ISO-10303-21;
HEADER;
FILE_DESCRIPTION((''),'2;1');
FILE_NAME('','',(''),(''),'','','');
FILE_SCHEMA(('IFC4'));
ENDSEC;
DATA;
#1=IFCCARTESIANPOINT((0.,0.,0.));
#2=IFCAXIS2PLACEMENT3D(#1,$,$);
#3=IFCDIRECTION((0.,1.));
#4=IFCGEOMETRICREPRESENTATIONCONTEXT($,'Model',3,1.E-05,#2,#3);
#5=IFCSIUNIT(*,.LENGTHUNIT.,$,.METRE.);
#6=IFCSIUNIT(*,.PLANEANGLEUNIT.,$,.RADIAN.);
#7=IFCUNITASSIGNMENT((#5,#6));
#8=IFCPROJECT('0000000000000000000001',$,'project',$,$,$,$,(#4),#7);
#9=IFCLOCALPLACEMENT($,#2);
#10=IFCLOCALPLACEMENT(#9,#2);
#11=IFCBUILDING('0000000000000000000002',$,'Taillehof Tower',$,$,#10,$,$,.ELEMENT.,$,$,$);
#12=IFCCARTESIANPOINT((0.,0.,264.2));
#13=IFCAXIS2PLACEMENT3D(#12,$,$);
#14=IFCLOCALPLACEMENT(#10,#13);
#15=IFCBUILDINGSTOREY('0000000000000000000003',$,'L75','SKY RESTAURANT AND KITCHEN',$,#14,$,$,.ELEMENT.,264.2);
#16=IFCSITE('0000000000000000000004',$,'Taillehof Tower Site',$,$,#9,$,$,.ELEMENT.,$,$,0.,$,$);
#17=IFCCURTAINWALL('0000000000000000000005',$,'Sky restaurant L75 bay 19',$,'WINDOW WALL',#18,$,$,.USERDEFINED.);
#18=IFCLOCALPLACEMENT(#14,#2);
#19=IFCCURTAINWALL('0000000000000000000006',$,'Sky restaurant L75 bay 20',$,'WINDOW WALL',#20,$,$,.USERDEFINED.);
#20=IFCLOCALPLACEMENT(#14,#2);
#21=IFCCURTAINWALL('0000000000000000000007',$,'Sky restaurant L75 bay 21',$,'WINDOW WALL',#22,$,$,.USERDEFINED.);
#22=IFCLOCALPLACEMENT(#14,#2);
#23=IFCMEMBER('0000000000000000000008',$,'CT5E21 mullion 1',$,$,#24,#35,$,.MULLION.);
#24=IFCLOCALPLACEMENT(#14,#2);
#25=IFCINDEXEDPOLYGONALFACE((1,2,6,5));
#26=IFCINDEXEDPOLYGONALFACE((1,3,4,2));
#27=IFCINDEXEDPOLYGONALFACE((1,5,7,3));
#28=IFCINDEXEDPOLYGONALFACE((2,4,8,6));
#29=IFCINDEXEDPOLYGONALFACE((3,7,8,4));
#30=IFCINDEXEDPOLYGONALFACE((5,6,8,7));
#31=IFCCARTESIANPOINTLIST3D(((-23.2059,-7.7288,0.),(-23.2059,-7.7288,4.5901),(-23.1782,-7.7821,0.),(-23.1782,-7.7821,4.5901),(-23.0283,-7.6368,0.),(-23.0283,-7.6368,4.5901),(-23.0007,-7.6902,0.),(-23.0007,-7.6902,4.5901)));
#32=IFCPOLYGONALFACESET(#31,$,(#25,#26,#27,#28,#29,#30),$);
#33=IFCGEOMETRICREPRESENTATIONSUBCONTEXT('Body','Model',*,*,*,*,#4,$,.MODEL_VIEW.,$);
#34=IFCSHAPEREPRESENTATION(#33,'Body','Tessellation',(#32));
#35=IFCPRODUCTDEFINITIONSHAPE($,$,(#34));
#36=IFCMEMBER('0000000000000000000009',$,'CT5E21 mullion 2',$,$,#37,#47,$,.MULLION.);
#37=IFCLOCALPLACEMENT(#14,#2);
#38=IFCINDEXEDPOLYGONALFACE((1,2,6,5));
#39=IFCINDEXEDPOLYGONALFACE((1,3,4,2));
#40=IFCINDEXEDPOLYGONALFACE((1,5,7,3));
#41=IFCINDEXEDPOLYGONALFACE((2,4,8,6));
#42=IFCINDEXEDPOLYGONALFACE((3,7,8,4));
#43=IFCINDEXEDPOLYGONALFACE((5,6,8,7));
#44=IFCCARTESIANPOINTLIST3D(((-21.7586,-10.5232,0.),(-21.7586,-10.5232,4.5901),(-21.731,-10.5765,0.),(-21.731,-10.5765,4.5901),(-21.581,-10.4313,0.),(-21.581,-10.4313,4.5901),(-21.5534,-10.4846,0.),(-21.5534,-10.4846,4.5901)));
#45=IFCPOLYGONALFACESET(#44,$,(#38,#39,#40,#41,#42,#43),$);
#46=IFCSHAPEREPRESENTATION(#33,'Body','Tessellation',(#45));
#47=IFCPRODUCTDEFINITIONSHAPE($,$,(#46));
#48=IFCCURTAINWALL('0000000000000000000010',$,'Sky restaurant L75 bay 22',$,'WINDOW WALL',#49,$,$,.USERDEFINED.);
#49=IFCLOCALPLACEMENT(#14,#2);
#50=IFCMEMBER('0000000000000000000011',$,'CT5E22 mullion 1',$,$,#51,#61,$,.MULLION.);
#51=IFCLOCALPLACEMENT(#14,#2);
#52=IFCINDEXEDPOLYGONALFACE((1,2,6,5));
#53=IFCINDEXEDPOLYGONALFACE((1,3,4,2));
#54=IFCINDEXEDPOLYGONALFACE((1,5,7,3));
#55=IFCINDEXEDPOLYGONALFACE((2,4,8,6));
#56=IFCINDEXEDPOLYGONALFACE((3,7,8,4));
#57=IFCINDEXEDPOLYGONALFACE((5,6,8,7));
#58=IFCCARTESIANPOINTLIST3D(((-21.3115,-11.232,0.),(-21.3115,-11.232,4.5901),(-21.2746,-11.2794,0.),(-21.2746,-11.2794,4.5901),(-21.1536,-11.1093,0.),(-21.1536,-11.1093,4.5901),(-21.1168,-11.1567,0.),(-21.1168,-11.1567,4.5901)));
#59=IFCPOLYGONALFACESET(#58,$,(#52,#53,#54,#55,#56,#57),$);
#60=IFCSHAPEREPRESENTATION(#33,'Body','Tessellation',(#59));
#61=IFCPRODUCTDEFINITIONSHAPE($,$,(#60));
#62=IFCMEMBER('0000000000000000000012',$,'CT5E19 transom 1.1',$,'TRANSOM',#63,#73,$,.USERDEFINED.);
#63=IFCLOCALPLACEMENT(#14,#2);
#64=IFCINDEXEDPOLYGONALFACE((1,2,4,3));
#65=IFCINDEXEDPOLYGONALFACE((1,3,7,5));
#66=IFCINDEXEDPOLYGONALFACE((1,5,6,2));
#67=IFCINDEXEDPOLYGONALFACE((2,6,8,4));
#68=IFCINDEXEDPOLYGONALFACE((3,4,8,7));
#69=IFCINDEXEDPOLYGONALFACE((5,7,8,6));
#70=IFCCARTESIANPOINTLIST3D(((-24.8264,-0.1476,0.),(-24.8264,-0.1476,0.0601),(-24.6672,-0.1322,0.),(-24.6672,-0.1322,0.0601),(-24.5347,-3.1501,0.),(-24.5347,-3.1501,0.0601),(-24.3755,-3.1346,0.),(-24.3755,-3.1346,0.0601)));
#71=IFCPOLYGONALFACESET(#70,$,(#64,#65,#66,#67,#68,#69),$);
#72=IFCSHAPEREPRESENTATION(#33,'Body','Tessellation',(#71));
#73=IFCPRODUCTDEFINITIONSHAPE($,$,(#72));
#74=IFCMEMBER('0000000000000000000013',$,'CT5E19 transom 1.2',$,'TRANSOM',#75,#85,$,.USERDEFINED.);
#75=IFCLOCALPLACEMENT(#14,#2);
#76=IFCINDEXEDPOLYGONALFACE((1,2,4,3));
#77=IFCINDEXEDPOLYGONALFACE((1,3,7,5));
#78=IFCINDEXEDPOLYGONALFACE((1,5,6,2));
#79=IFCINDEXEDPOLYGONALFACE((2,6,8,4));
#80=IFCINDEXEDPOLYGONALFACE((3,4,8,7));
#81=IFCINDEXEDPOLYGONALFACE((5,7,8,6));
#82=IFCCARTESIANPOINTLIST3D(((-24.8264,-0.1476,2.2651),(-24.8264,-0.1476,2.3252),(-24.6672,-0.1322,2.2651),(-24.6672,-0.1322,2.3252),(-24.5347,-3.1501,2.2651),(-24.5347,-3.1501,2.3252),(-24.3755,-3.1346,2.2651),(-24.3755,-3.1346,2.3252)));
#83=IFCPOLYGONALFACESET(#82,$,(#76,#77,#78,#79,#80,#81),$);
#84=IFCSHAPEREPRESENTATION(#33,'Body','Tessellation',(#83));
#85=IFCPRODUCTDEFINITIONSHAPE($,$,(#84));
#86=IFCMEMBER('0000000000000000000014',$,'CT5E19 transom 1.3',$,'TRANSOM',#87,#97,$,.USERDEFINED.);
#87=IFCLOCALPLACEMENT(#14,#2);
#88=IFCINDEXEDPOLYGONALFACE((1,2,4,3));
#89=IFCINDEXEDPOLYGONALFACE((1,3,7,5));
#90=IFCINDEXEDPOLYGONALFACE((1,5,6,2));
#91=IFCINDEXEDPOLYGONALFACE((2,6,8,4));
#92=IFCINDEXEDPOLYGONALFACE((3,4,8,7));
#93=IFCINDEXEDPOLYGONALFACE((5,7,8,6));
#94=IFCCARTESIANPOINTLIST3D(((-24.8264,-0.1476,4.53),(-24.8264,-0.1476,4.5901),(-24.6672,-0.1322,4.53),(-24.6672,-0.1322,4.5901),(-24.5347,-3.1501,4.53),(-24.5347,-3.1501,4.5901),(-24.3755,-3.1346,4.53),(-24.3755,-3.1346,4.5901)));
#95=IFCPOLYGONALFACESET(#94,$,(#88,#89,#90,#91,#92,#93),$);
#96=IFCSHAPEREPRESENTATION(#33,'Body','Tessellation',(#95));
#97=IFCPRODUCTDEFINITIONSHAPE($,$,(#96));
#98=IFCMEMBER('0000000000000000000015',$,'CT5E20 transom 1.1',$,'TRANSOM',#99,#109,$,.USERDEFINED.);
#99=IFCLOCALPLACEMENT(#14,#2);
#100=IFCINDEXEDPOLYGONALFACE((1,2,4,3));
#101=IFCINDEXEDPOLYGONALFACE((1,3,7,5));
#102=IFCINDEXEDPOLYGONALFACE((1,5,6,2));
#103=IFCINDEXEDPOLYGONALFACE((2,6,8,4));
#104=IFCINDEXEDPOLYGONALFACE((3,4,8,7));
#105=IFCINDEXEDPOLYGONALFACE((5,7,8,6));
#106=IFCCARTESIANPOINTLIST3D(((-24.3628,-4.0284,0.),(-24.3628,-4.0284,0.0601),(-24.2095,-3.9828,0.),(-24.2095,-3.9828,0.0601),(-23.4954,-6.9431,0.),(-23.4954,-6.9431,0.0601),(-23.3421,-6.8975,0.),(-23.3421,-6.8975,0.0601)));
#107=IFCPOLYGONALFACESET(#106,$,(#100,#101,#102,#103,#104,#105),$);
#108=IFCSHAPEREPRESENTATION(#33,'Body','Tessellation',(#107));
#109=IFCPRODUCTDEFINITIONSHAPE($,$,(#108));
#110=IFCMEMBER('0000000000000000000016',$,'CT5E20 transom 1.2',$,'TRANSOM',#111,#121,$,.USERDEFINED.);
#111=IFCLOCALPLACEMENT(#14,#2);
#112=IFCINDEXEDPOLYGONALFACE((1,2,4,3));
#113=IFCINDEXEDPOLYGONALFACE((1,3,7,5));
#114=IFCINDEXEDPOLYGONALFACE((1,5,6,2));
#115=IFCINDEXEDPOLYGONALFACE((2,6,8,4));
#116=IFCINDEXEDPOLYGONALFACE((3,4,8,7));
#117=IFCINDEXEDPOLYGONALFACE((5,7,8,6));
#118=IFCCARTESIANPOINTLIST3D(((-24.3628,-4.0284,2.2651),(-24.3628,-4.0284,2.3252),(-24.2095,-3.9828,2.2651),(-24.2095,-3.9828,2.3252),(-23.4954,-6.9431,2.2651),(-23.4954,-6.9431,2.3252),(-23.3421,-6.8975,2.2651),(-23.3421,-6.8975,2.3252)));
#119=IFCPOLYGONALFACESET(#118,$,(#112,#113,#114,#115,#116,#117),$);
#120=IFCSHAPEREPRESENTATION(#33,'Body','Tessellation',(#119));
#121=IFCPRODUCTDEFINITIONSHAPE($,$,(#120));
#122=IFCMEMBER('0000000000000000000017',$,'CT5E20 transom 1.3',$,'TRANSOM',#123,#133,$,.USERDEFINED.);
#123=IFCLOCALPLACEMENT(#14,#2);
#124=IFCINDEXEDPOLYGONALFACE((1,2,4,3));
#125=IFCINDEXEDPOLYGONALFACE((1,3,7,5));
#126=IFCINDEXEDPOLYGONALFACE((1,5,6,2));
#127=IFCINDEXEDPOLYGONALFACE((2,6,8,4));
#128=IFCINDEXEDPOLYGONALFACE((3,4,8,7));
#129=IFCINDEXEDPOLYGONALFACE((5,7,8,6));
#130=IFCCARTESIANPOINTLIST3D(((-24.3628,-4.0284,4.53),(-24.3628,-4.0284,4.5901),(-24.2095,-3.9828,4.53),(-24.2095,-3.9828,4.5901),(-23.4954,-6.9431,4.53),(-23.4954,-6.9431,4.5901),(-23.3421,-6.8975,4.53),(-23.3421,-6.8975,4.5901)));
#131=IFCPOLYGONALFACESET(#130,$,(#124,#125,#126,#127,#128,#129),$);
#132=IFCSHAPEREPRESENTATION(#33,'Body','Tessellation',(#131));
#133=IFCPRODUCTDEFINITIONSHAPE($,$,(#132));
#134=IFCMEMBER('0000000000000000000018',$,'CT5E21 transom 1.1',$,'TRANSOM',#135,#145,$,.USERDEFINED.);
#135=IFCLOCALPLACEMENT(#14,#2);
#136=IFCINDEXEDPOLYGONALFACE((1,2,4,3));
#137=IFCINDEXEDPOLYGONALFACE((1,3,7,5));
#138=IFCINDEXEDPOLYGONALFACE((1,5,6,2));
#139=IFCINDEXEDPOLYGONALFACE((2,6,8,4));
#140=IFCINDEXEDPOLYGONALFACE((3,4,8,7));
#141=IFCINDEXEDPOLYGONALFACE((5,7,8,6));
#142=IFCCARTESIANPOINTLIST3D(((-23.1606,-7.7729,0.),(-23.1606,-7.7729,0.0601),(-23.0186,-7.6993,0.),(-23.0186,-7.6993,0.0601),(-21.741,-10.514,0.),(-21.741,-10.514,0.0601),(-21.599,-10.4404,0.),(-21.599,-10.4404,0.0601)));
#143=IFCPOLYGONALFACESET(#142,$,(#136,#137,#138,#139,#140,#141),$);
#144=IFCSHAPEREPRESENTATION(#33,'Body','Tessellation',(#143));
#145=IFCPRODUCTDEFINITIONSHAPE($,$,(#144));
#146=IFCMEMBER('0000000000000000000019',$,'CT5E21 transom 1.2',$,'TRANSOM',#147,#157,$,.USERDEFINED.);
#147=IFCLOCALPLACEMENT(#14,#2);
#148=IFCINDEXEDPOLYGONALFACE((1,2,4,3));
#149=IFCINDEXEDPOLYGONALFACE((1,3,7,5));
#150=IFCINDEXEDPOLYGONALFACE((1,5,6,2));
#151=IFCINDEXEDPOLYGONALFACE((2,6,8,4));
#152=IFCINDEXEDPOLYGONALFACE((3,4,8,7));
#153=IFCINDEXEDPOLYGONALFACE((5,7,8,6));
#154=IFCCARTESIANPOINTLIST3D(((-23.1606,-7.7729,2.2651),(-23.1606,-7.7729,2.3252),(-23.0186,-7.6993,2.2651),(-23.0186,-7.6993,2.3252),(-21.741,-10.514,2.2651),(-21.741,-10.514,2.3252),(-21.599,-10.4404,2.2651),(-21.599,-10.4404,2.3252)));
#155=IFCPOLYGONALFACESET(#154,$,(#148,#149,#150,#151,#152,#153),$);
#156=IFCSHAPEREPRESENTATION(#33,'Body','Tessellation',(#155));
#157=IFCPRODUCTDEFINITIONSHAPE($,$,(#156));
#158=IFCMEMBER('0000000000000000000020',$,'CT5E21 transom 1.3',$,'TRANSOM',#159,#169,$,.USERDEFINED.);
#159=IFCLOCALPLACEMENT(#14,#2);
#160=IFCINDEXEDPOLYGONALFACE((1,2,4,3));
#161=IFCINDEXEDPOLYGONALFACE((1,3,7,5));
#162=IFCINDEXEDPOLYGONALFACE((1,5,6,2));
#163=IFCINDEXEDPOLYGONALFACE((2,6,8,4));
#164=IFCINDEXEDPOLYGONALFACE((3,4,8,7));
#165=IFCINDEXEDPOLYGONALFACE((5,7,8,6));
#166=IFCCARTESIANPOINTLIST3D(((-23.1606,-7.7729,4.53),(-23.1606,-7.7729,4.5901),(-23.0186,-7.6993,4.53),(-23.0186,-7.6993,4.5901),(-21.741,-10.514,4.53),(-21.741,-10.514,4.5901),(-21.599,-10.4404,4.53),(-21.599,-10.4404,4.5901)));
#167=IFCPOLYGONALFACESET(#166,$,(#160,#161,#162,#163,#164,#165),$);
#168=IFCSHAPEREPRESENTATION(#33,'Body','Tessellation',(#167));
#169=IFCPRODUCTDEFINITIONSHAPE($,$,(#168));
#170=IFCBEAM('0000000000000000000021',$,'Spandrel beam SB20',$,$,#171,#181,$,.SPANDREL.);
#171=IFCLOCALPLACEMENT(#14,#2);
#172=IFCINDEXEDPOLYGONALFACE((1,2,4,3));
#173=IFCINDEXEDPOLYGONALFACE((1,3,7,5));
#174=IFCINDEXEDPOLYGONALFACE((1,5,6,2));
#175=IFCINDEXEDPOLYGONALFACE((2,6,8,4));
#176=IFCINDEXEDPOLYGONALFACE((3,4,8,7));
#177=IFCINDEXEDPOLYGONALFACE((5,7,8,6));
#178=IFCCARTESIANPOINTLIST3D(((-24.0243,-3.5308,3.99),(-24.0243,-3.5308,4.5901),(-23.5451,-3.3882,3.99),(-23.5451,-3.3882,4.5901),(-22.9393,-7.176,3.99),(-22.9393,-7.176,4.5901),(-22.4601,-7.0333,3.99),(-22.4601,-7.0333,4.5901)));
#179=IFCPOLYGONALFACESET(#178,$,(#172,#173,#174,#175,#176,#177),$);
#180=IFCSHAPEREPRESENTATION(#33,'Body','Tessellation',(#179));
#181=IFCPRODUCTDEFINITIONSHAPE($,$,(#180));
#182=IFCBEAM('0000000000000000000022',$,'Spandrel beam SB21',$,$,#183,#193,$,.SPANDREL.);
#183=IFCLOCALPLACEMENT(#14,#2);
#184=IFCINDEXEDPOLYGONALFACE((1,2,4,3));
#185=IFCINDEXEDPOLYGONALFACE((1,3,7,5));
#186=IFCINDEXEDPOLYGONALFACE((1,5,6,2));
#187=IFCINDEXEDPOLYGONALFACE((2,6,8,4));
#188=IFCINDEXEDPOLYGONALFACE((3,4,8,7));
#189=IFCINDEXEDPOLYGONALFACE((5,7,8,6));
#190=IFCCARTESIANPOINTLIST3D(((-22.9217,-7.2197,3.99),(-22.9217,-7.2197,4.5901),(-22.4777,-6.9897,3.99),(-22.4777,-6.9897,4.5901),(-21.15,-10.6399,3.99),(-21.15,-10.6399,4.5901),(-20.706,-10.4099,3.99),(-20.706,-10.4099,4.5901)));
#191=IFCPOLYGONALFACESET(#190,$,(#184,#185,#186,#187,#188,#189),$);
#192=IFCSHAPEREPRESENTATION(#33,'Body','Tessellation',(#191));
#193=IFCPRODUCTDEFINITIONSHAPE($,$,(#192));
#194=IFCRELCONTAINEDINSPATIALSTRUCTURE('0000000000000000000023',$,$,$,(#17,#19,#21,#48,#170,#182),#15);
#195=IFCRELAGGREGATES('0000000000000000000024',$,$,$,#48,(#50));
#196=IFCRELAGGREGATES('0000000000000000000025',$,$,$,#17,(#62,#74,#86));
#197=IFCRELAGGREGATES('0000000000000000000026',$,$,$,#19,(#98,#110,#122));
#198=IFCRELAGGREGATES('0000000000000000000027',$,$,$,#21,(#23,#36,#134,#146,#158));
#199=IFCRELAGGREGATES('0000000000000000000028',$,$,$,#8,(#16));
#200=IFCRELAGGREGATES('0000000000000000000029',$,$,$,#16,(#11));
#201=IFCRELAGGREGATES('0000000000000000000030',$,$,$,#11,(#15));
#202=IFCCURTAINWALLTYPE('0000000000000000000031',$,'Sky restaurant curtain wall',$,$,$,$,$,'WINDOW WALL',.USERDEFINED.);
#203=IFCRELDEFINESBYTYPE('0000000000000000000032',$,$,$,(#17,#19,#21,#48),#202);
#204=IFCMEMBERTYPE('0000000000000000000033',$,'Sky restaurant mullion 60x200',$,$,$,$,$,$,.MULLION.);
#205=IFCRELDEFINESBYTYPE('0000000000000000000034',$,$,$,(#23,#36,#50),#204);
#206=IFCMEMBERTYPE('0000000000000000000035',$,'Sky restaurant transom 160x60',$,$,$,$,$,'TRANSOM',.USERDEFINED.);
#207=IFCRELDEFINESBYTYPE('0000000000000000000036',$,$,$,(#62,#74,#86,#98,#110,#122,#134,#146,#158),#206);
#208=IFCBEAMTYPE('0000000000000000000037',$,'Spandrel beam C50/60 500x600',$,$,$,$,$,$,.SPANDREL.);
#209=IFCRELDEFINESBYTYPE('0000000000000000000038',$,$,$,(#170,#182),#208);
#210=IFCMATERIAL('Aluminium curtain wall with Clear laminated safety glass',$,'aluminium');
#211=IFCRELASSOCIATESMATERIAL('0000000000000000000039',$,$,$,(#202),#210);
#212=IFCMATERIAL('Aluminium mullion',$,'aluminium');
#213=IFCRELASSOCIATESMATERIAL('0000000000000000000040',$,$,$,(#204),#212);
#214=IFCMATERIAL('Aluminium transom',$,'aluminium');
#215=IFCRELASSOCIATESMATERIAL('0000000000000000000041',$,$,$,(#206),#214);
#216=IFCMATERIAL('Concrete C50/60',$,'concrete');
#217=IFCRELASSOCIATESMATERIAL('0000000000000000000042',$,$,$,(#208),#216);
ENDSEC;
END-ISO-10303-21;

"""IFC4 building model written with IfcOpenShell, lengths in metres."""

from ifc_helpers import new_model, si_unit, direction, frame, origin, origin_2d, place, context, subcontext, project, spatial, rectangle, extrude, material, material_profile, profile_set, type_object, element, aggregate, save


model = new_model("IFC4")

# Units and contexts
model_context = context("Model", 3, precision=1e-05, world=origin(), true_north=direction((0.0, 1.0)))
body_context = subcontext(model_context, "Body", "Model", "MODEL_VIEW")
ifc_project = project(units=[si_unit("LENGTHUNIT", "METRE"), si_unit("PLANEANGLEUNIT", "RADIAN")], contexts=[model_context])

# Site, building, storey
site_placement = place(None, origin())
site = spatial("IfcSite", under=ifc_project, at=site_placement, Name="Taillehof Tower Site", CompositionType="ELEMENT", RefElevation=0.0)
building_placement = place(site_placement, origin())
building = spatial("IfcBuilding", under=site, at=building_placement, Name="Taillehof Tower", CompositionType="ELEMENT")
storey_placement = place(building_placement, frame((0.0, 0.0, 264.2)))
storey = spatial("IfcBuildingStorey", under=building, at=storey_placement, Name="L75", Description="SKY RESTAURANT AND KITCHEN", CompositionType="ELEMENT", Elevation=264.2)

# Curtain walls, members
ifc_material_1 = material(Name="Aluminium curtain wall with Clear laminated safety glass", Category="aluminium")
curtain_wall_type = type_object("IfcCurtainWallType", Name="Sky restaurant curtain wall", ElementType="WINDOW WALL", PredefinedType="USERDEFINED", material=ifc_material_1)
curtain_wall_1_placement = place(storey_placement, origin())
curtain_wall_1 = element("IfcCurtainWall", 1, at=curtain_wall_1_placement, inside=storey, type_object=curtain_wall_type, Name="Sky restaurant L75 bay 19", ObjectType="WINDOW WALL", PredefinedType="USERDEFINED")
ifc_material_2 = material(Name="Aluminium mullion", Category="aluminium")
ifc_material_profile_1 = material_profile(ifc_material_2, rectangle(XDim=0.2, YDim=0.0601, at=origin_2d()), Name="AL 60x200")
ifc_profile_set_1 = profile_set([ifc_material_profile_1], Name="Aluminium mullion")
member_type_1 = type_object("IfcMemberType", Name="Sky restaurant mullion 60x200", PredefinedType="MULLION", material=ifc_profile_set_1)
curtain_wall_2_placement = place(storey_placement, origin())
curtain_wall_2 = element("IfcCurtainWall", 2, at=curtain_wall_2_placement, inside=storey, type_object=curtain_wall_type, Name="Sky restaurant L75 bay 20", ObjectType="WINDOW WALL", PredefinedType="USERDEFINED")
curtain_wall_3_placement = place(storey_placement, origin())
curtain_wall_3 = element("IfcCurtainWall", 3, at=curtain_wall_3_placement, inside=storey, type_object=curtain_wall_type, Name="Sky restaurant L75 bay 21", ObjectType="WINDOW WALL", PredefinedType="USERDEFINED")
member_1_placement = place(storey_placement, frame((-23.1033, -7.7095, 0.0), z_axis=(0.0, 0.0, 1.0), x_axis=(0.887975, 0.459891, 0.0)))
member_1 = element("IfcMember", 4, at=member_1_placement, type_object=member_type_1, Name="CT5E21 mullion 1", PredefinedType="MULLION", context=body_context, shape_type="SweptSolid", body=[
    extrude(rectangle(XDim=0.2, YDim=0.0601, at=origin_2d()), origin(), (0.0, 0.0, 1.0), 4.5901),
])
member_2_placement = place(storey_placement, frame((-21.656, -10.5039, 0.0), z_axis=(0.0, 0.0, 1.0), x_axis=(0.887975, 0.459891, 0.0)))
member_2 = element("IfcMember", 5, at=member_2_placement, type_object=member_type_1, Name="CT5E21 mullion 2", PredefinedType="MULLION", context=body_context, shape_type="SweptSolid", body=[
    extrude(rectangle(XDim=0.2, YDim=0.0601, at=origin_2d()), origin(), (0.0, 0.0, 1.0), 4.5901),
])

# Curtain wall, member
curtain_wall_4_placement = place(storey_placement, origin())
curtain_wall_4 = element("IfcCurtainWall", 6, at=curtain_wall_4_placement, inside=storey, type_object=curtain_wall_type, Name="Sky restaurant L75 bay 22", ObjectType="WINDOW WALL", PredefinedType="USERDEFINED")
member_3_placement = place(storey_placement, frame((-21.2141, -11.1943, 0.0), z_axis=(0.0, 0.0, 1.0), x_axis=(0.789382, 0.613903, 0.0)))
member_3 = element("IfcMember", 7, at=member_3_placement, type_object=member_type_1, Name="CT5E22 mullion 1", PredefinedType="MULLION", context=body_context, shape_type="SweptSolid", body=[
    extrude(rectangle(XDim=0.2, YDim=0.0601, at=origin_2d()), origin(), (0.0, 0.0, 1.0), 4.5901),
])
aggregate(curtain_wall_4, [member_3])

# Members
ifc_material_3 = material(Name="Aluminium transom", Category="aluminium")
ifc_material_profile_2 = material_profile(ifc_material_3, rectangle(XDim=0.1599, YDim=0.0601, at=origin_2d()), Name="AL 160x60")
ifc_profile_set_2 = profile_set([ifc_material_profile_2], Name="Aluminium transom")
member_type_2 = type_object("IfcMemberType", Name="Sky restaurant transom 160x60", ElementType="TRANSOM", PredefinedType="USERDEFINED", material=ifc_profile_set_2)
member_4_placement = place(storey_placement, frame((-24.7468, -0.1399, 0.03), z_axis=(0.096715, -0.995312, 0.0), x_axis=(0.995312, 0.096715, 0.0)))
member_4 = element("IfcMember", 8, at=member_4_placement, type_object=member_type_2, Name="CT5E19 transom 1.1", ObjectType="TRANSOM", PredefinedType="USERDEFINED", context=body_context, shape_type="SweptSolid", body=[
    extrude(rectangle(XDim=0.1599, YDim=0.0601, at=origin_2d()), origin(), (0.0, 0.0, 1.0), 3.0166),
])
member_5_placement = place(storey_placement, frame((-24.7468, -0.1399, 2.2952), z_axis=(0.096715, -0.995312, 0.0), x_axis=(0.995312, 0.096715, 0.0)))
member_5 = element("IfcMember", 9, at=member_5_placement, type_object=member_type_2, Name="CT5E19 transom 1.2", ObjectType="TRANSOM", PredefinedType="USERDEFINED", context=body_context, shape_type="SweptSolid", body=[
    extrude(rectangle(XDim=0.1599, YDim=0.0601, at=origin_2d()), origin(), (0.0, 0.0, 1.0), 3.0166),
])
member_6_placement = place(storey_placement, frame((-24.7468, -0.1399, 4.5601), z_axis=(0.096715, -0.995312, 0.0), x_axis=(0.995312, 0.096715, 0.0)))
member_6 = element("IfcMember", 10, at=member_6_placement, type_object=member_type_2, Name="CT5E19 transom 1.3", ObjectType="TRANSOM", PredefinedType="USERDEFINED", context=body_context, shape_type="SweptSolid", body=[
    extrude(rectangle(XDim=0.1599, YDim=0.0601, at=origin_2d()), origin(), (0.0, 0.0, 1.0), 3.0166),
])
member_7_placement = place(storey_placement, frame((-24.2861, -4.0056, 0.03), z_axis=(0.285233, -0.958458, 0.0), x_axis=(0.958458, 0.285233, 0.0)))
member_7 = element("IfcMember", 11, at=member_7_placement, type_object=member_type_2, Name="CT5E20 transom 1.1", ObjectType="TRANSOM", PredefinedType="USERDEFINED", context=body_context, shape_type="SweptSolid", body=[
    extrude(rectangle(XDim=0.1599, YDim=0.0601, at=origin_2d()), origin(), (0.0, 0.0, 1.0), 3.041),
])
member_8_placement = place(storey_placement, frame((-24.2861, -4.0056, 2.2952), z_axis=(0.285233, -0.958458, 0.0), x_axis=(0.958458, 0.285233, 0.0)))
member_8 = element("IfcMember", 12, at=member_8_placement, type_object=member_type_2, Name="CT5E20 transom 1.2", ObjectType="TRANSOM", PredefinedType="USERDEFINED", context=body_context, shape_type="SweptSolid", body=[
    extrude(rectangle(XDim=0.1599, YDim=0.0601, at=origin_2d()), origin(), (0.0, 0.0, 1.0), 3.041),
])
member_9_placement = place(storey_placement, frame((-24.2861, -4.0056, 4.5601), z_axis=(0.285233, -0.958458, 0.0), x_axis=(0.958458, 0.285233, 0.0)))
member_9 = element("IfcMember", 13, at=member_9_placement, type_object=member_type_2, Name="CT5E20 transom 1.3", ObjectType="TRANSOM", PredefinedType="USERDEFINED", context=body_context, shape_type="SweptSolid", body=[
    extrude(rectangle(XDim=0.1599, YDim=0.0601, at=origin_2d()), origin(), (0.0, 0.0, 1.0), 3.041),
])
member_10_placement = place(storey_placement, frame((-23.0896, -7.7361, 0.03), z_axis=(0.459885, -0.887978, 0.0), x_axis=(0.887978, 0.459885, 0.0)))
member_10 = element("IfcMember", 14, at=member_10_placement, type_object=member_type_2, Name="CT5E21 transom 1.1", ObjectType="TRANSOM", PredefinedType="USERDEFINED", context=body_context, shape_type="SweptSolid", body=[
    extrude(rectangle(XDim=0.1599, YDim=0.0601, at=origin_2d()), origin(), (0.0, 0.0, 1.0), 3.0869),
])
member_11_placement = place(storey_placement, frame((-23.0896, -7.7361, 2.2952), z_axis=(0.459885, -0.887978, 0.0), x_axis=(0.887978, 0.459885, 0.0)))
member_11 = element("IfcMember", 15, at=member_11_placement, type_object=member_type_2, Name="CT5E21 transom 1.2", ObjectType="TRANSOM", PredefinedType="USERDEFINED", context=body_context, shape_type="SweptSolid", body=[
    extrude(rectangle(XDim=0.1599, YDim=0.0601, at=origin_2d()), origin(), (0.0, 0.0, 1.0), 3.0869),
])
member_12_placement = place(storey_placement, frame((-23.0896, -7.7361, 4.5601), z_axis=(0.459885, -0.887978, 0.0), x_axis=(0.887978, 0.459885, 0.0)))
member_12 = element("IfcMember", 16, at=member_12_placement, type_object=member_type_2, Name="CT5E21 transom 1.3", ObjectType="TRANSOM", PredefinedType="USERDEFINED", context=body_context, shape_type="SweptSolid", body=[
    extrude(rectangle(XDim=0.1599, YDim=0.0601, at=origin_2d()), origin(), (0.0, 0.0, 1.0), 3.0869),
])

# Beams
ifc_material_4 = material(Name="Concrete C50/60", Category="concrete")
ifc_material_profile_3 = material_profile(ifc_material_4, rectangle(XDim=0.5, YDim=0.6001, at=origin_2d()), Name="RC 500x600")
ifc_profile_set_3 = profile_set([ifc_material_profile_3], Name="Concrete C50/60")
beam_type_1 = type_object("IfcBeamType", Name="Spandrel beam C50/60 500x600", PredefinedType="SPANDREL", material=ifc_profile_set_3)
beam_1_placement = place(storey_placement, frame((-23.7847, -3.4595, 4.29), z_axis=(0.285268, -0.958448, 0.0), x_axis=(0.958448, 0.285268, 0.0)))
element("IfcBeam", 17, at=beam_1_placement, inside=storey, type_object=beam_type_1, Name="Spandrel beam SB20", PredefinedType="SPANDREL", context=body_context, shape_type="SweptSolid", body=[
    extrude(rectangle(XDim=0.5, YDim=0.6001, at=origin_2d()), origin(), (0.0, 0.0, 1.0), 3.8032),
])
beam_2_placement = place(storey_placement, frame((-22.6997, -7.1047, 4.29), z_axis=(0.459971, -0.887934, 0.0), x_axis=(0.887934, 0.459971, 0.0)))
element("IfcBeam", 18, at=beam_2_placement, inside=storey, type_object=beam_type_1, Name="Spandrel beam SB21", PredefinedType="SPANDREL", context=body_context, shape_type="SweptSolid", body=[
    extrude(rectangle(XDim=0.5, YDim=0.6001, at=origin_2d()), origin(), (0.0, 0.0, 1.0), 3.8518),
])

aggregate(curtain_wall_1, [member_4, member_5, member_6])
aggregate(curtain_wall_2, [member_7, member_8, member_9])
aggregate(curtain_wall_3, [member_1, member_2, member_10, member_11, member_12])

save(model, "model.ifc")
